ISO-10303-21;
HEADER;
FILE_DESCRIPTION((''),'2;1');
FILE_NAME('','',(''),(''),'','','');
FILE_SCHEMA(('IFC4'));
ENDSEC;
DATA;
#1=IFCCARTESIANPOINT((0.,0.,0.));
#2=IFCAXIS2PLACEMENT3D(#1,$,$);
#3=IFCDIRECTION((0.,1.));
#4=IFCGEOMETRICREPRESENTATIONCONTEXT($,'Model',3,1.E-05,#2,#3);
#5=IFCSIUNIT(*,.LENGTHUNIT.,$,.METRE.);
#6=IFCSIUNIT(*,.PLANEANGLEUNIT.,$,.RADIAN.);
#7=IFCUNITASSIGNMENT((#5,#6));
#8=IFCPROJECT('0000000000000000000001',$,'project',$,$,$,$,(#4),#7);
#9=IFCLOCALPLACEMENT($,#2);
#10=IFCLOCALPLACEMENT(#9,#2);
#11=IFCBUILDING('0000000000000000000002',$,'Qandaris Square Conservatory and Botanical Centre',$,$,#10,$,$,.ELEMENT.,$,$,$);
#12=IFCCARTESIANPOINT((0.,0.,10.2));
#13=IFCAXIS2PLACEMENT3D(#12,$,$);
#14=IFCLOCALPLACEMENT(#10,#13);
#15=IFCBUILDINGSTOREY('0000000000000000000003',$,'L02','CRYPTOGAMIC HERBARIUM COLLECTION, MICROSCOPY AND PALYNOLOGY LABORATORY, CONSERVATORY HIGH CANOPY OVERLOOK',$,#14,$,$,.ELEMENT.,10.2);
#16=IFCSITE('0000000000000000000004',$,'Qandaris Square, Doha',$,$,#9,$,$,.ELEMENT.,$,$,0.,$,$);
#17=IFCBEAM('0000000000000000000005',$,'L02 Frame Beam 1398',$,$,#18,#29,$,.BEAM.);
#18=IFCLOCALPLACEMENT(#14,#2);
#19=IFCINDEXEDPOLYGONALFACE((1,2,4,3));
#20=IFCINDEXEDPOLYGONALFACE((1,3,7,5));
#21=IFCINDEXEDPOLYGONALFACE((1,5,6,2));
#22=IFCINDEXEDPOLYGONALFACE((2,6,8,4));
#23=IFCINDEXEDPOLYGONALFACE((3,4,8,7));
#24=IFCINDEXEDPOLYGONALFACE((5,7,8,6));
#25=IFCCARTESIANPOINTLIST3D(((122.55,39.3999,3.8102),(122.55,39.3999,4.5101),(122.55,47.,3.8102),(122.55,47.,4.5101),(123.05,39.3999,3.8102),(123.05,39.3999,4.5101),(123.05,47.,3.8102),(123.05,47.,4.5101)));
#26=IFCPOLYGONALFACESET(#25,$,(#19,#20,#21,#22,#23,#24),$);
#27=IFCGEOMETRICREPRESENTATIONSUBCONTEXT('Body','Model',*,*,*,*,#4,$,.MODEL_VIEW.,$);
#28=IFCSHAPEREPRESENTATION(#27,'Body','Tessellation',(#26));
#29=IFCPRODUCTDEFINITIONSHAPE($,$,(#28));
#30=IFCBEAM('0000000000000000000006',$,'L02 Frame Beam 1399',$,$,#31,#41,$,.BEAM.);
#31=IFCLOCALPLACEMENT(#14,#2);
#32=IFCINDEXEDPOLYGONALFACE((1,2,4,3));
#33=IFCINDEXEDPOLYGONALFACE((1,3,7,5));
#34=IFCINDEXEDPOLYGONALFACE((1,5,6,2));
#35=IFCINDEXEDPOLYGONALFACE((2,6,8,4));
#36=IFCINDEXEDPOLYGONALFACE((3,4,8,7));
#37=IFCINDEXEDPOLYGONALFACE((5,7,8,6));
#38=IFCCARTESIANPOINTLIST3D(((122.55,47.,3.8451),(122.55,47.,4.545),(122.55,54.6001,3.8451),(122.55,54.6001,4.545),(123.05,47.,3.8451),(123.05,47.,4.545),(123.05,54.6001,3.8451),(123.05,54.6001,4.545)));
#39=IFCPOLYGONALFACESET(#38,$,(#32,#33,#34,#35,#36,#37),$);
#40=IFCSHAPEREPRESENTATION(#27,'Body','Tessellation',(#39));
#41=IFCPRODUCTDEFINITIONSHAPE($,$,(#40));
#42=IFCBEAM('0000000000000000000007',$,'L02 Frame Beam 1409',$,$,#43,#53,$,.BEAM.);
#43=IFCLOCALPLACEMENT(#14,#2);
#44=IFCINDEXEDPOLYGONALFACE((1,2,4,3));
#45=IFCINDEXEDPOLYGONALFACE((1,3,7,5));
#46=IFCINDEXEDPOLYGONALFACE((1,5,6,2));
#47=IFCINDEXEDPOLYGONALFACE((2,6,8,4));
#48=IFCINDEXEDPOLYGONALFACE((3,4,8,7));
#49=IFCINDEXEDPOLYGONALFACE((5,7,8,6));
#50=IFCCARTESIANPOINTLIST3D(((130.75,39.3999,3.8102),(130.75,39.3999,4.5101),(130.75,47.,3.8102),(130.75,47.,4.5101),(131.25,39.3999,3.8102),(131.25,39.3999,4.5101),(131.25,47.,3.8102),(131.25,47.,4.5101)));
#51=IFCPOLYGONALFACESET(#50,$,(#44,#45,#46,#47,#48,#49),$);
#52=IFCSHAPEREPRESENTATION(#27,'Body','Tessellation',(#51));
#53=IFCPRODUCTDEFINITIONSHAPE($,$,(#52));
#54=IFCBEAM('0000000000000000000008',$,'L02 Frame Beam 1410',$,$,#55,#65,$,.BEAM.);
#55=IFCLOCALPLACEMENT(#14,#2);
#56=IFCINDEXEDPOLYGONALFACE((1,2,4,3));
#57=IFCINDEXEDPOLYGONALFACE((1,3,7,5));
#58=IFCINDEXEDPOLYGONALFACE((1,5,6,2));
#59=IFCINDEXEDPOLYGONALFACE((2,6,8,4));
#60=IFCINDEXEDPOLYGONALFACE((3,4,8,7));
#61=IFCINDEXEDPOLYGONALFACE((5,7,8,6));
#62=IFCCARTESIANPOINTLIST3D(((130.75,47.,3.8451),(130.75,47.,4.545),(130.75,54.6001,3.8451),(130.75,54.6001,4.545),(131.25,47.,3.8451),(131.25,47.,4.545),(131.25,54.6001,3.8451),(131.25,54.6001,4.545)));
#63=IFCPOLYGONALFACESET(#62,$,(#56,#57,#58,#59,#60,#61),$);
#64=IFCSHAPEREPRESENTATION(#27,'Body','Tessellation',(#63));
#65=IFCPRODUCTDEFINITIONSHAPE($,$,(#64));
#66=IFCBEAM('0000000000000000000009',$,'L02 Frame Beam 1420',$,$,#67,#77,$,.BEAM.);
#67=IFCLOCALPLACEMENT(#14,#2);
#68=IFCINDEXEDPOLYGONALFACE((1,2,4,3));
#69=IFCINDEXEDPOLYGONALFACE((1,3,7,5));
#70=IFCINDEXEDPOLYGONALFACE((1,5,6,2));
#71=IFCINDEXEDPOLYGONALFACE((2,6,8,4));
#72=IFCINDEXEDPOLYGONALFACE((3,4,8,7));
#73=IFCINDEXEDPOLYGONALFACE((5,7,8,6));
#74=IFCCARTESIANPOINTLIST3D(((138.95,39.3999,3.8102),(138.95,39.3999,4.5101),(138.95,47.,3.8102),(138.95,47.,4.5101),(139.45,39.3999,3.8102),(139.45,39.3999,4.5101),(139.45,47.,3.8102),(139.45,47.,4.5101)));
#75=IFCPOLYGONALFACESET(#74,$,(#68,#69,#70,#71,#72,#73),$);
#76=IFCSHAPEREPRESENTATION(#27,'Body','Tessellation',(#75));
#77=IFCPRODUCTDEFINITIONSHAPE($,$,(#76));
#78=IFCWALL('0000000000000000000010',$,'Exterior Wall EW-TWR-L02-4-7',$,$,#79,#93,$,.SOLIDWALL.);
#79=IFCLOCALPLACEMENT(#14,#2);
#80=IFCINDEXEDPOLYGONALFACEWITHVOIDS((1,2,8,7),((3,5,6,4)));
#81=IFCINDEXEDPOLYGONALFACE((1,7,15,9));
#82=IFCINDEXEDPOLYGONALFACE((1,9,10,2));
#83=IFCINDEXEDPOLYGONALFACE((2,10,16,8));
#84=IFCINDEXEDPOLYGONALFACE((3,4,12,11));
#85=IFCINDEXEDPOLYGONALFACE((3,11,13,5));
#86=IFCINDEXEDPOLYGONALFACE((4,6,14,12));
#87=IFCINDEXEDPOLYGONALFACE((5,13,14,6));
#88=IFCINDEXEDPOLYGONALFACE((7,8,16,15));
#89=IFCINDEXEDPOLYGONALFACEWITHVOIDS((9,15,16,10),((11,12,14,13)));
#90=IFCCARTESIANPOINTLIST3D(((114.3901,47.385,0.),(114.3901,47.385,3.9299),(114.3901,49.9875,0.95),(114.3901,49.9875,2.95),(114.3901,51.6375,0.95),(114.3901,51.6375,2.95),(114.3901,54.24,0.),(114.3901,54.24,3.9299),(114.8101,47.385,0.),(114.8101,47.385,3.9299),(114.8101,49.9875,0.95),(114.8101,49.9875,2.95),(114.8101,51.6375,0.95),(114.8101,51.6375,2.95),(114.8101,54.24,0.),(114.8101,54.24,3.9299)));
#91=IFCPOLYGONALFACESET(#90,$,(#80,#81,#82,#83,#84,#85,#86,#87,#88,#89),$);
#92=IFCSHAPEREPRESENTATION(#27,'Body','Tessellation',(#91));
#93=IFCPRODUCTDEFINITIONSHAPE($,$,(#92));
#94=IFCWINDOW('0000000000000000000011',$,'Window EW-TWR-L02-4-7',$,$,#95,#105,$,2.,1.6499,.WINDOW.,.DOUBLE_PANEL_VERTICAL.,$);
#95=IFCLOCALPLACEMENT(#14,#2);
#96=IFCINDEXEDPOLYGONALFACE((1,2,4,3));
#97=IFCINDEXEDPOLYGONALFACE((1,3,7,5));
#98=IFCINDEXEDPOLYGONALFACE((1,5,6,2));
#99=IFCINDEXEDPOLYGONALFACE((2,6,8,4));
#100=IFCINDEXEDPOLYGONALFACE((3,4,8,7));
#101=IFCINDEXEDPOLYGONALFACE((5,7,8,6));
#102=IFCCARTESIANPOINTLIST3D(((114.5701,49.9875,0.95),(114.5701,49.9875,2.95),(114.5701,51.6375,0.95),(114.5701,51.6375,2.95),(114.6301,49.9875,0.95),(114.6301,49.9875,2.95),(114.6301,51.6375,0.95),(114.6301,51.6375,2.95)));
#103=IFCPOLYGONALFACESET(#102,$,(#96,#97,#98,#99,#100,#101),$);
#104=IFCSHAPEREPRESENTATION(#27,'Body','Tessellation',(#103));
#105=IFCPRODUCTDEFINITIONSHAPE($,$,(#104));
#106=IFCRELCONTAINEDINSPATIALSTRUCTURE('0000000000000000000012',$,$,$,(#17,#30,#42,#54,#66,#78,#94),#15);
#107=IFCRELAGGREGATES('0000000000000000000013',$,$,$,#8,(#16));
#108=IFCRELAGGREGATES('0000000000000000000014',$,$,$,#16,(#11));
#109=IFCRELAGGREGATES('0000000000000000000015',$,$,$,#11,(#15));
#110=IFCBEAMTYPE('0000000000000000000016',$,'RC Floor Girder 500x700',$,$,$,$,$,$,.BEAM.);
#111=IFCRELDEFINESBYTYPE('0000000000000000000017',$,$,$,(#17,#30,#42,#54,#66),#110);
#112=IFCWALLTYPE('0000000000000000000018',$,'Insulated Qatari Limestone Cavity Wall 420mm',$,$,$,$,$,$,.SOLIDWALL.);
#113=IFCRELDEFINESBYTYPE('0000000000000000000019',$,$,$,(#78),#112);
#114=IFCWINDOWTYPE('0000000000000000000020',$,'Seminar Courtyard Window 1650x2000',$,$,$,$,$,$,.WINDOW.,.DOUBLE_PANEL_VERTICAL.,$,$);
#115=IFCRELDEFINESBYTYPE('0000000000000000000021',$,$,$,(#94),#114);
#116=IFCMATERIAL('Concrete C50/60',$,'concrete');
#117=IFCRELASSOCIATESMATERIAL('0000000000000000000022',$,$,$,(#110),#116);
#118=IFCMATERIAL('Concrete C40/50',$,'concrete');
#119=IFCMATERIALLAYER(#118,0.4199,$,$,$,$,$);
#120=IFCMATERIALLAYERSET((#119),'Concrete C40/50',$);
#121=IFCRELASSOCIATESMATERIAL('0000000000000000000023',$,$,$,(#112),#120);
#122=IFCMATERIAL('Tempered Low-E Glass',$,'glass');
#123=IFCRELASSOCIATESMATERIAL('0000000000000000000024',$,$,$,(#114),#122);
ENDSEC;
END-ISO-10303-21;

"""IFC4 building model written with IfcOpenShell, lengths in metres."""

from ifc_helpers import new_model, si_unit, direction, frame, frame_2d, origin, origin_2d, place, context, subcontext, project, spatial, rectangle, extrude, material, layer, layer_set, material_profile, profile_set, type_object, element, fill, save


model = new_model("IFC4")

# Units and contexts
model_context = context("Model", 3, precision=1e-05, world=origin(), true_north=direction((0.0, 1.0)))
body_context = subcontext(model_context, "Body", "Model", "MODEL_VIEW")
ifc_project = project(units=[si_unit("LENGTHUNIT", "METRE"), si_unit("PLANEANGLEUNIT", "RADIAN")], contexts=[model_context])

# Site, building, storey
site_placement = place(None, origin())
site = spatial("IfcSite", under=ifc_project, at=site_placement, Name="Qandaris Square, Doha", CompositionType="ELEMENT", RefElevation=0.0)
building_placement = place(site_placement, origin())
building = spatial("IfcBuilding", under=site, at=building_placement, Name="Qandaris Square Conservatory and Botanical Centre", CompositionType="ELEMENT")
storey_placement = place(building_placement, frame((0.0, 0.0, 10.2)))
storey = spatial("IfcBuildingStorey", under=building, at=storey_placement, Name="L02", Description="CRYPTOGAMIC HERBARIUM COLLECTION, MICROSCOPY AND PALYNOLOGY LABORATORY, CONSERVATORY HIGH CANOPY OVERLOOK", CompositionType="ELEMENT", Elevation=10.2)

# Shared definitions
ifc_material_1 = material(Name="Concrete C50/60", Category="concrete")

# Beams
ifc_material_profile_1 = material_profile(ifc_material_1, rectangle(XDim=0.5, YDim=0.7, at=origin_2d()), Name="RC-BM 500x700")
ifc_profile_set_1 = profile_set([ifc_material_profile_1], Name="Concrete C50/60")
beam_type_1 = type_object("IfcBeamType", Name="RC Floor Girder 500x700", PredefinedType="BEAM", material=ifc_profile_set_1)
for number, where, z_axis, x_axis, name in (
    (1, (122.8, 39.3999, 4.1602), (0.0, 1.0, 0.0), (-1.0, 0.0, 0.0), "L02 Frame Beam 1398"),
    (2, (122.8, 47.0, 4.1951), (0.0, 1.0, 0.0), (-1.0, 0.0, 0.0), "L02 Frame Beam 1399"),
    (3, (131.0, 39.3999, 4.1602), (0.0, 1.0, 0.0), (-1.0, 0.0, 0.0), "L02 Frame Beam 1409"),
    (4, (131.0, 47.0, 4.1951), (0.0, 1.0, 0.0), (-1.0, 0.0, 0.0), "L02 Frame Beam 1410"),
    (5, (139.2, 39.3999, 4.1602), (0.0, 1.0, 0.0), (-1.0, 0.0, 0.0), "L02 Frame Beam 1420"),
):
    element("IfcBeam", number, at=place(storey_placement, frame(where, z_axis=z_axis, x_axis=x_axis)), inside=storey, type_object=beam_type_1, Name=name, PredefinedType="BEAM", context=body_context, shape_type="SweptSolid", body=[
        extrude(rectangle(XDim=0.5, YDim=0.7, at=origin_2d()), origin(), (0.0, 0.0, 1.0), 7.6001),
    ])

# Wall, opening, window
ifc_material_2 = material(Name="Concrete C40/50", Category="concrete")
ifc_layer = layer(ifc_material_2, 0.4199)
ifc_layer_set = layer_set([ifc_layer], Name="Concrete C40/50")
wall_type = type_object("IfcWallType", Name="Insulated Qatari Limestone Cavity Wall 420mm", PredefinedType="SOLIDWALL", material=ifc_layer_set)
wall_placement = place(storey_placement, frame((114.6001, 54.24, 0.0), z_axis=(0.0, 0.0, 1.0), x_axis=(0.0, -1.0, 0.0)))
wall = element("IfcWall", 6, at=wall_placement, inside=storey, type_object=wall_type, Name="Exterior Wall EW-TWR-L02-4-7", PredefinedType="SOLIDWALL", context=body_context, shape_type="SweptSolid", body=[
    extrude(rectangle(XDim=6.855, YDim=0.4199, at=frame_2d((3.4275, 0.0))), origin(), (0.0, 0.0, 1.0), 3.9299),
])
opening_placement = place(wall_placement, frame((2.6025, 0.0, 0.95)))
opening = element("IfcOpeningElement", 7, at=opening_placement, cuts=wall, PredefinedType="OPENING", context=body_context, shape_type="SweptSolid", body=[
    extrude(rectangle(XDim=1.6499, YDim=2.0, at=frame_2d((0.825, 1.0))), frame((0.0, 0.2219, 0.0), z_axis=(0.0, -1.0, 0.0), x_axis=(1.0, 0.0, 0.0)), (0.0, 0.0, 1.0), 0.4438),
])
ifc_material_3 = material(Name="Tempered Low-E Glass", Category="glass")
window_type = type_object("IfcWindowType", Name="Seminar Courtyard Window 1650x2000", PartitioningType="DOUBLE_PANEL_VERTICAL", PredefinedType="WINDOW", material=ifc_material_3)
window_placement = place(opening_placement, origin())
window = element("IfcWindow", 8, at=window_placement, inside=storey, type_object=window_type, Name="Window EW-TWR-L02-4-7", OverallHeight=2.0, OverallWidth=1.6499, PartitioningType="DOUBLE_PANEL_VERTICAL", PredefinedType="WINDOW", context=body_context, shape_type="SweptSolid", body=[
    extrude(rectangle(XDim=1.6499, YDim=2.0, at=frame_2d((0.825, 1.0))), frame((0.0, 0.03, 0.0), z_axis=(0.0, -1.0, 0.0), x_axis=(1.0, 0.0, 0.0)), (0.0, 0.0, 1.0), 0.0601),
])
fill(opening, window)

save(model, "model.ifc")
